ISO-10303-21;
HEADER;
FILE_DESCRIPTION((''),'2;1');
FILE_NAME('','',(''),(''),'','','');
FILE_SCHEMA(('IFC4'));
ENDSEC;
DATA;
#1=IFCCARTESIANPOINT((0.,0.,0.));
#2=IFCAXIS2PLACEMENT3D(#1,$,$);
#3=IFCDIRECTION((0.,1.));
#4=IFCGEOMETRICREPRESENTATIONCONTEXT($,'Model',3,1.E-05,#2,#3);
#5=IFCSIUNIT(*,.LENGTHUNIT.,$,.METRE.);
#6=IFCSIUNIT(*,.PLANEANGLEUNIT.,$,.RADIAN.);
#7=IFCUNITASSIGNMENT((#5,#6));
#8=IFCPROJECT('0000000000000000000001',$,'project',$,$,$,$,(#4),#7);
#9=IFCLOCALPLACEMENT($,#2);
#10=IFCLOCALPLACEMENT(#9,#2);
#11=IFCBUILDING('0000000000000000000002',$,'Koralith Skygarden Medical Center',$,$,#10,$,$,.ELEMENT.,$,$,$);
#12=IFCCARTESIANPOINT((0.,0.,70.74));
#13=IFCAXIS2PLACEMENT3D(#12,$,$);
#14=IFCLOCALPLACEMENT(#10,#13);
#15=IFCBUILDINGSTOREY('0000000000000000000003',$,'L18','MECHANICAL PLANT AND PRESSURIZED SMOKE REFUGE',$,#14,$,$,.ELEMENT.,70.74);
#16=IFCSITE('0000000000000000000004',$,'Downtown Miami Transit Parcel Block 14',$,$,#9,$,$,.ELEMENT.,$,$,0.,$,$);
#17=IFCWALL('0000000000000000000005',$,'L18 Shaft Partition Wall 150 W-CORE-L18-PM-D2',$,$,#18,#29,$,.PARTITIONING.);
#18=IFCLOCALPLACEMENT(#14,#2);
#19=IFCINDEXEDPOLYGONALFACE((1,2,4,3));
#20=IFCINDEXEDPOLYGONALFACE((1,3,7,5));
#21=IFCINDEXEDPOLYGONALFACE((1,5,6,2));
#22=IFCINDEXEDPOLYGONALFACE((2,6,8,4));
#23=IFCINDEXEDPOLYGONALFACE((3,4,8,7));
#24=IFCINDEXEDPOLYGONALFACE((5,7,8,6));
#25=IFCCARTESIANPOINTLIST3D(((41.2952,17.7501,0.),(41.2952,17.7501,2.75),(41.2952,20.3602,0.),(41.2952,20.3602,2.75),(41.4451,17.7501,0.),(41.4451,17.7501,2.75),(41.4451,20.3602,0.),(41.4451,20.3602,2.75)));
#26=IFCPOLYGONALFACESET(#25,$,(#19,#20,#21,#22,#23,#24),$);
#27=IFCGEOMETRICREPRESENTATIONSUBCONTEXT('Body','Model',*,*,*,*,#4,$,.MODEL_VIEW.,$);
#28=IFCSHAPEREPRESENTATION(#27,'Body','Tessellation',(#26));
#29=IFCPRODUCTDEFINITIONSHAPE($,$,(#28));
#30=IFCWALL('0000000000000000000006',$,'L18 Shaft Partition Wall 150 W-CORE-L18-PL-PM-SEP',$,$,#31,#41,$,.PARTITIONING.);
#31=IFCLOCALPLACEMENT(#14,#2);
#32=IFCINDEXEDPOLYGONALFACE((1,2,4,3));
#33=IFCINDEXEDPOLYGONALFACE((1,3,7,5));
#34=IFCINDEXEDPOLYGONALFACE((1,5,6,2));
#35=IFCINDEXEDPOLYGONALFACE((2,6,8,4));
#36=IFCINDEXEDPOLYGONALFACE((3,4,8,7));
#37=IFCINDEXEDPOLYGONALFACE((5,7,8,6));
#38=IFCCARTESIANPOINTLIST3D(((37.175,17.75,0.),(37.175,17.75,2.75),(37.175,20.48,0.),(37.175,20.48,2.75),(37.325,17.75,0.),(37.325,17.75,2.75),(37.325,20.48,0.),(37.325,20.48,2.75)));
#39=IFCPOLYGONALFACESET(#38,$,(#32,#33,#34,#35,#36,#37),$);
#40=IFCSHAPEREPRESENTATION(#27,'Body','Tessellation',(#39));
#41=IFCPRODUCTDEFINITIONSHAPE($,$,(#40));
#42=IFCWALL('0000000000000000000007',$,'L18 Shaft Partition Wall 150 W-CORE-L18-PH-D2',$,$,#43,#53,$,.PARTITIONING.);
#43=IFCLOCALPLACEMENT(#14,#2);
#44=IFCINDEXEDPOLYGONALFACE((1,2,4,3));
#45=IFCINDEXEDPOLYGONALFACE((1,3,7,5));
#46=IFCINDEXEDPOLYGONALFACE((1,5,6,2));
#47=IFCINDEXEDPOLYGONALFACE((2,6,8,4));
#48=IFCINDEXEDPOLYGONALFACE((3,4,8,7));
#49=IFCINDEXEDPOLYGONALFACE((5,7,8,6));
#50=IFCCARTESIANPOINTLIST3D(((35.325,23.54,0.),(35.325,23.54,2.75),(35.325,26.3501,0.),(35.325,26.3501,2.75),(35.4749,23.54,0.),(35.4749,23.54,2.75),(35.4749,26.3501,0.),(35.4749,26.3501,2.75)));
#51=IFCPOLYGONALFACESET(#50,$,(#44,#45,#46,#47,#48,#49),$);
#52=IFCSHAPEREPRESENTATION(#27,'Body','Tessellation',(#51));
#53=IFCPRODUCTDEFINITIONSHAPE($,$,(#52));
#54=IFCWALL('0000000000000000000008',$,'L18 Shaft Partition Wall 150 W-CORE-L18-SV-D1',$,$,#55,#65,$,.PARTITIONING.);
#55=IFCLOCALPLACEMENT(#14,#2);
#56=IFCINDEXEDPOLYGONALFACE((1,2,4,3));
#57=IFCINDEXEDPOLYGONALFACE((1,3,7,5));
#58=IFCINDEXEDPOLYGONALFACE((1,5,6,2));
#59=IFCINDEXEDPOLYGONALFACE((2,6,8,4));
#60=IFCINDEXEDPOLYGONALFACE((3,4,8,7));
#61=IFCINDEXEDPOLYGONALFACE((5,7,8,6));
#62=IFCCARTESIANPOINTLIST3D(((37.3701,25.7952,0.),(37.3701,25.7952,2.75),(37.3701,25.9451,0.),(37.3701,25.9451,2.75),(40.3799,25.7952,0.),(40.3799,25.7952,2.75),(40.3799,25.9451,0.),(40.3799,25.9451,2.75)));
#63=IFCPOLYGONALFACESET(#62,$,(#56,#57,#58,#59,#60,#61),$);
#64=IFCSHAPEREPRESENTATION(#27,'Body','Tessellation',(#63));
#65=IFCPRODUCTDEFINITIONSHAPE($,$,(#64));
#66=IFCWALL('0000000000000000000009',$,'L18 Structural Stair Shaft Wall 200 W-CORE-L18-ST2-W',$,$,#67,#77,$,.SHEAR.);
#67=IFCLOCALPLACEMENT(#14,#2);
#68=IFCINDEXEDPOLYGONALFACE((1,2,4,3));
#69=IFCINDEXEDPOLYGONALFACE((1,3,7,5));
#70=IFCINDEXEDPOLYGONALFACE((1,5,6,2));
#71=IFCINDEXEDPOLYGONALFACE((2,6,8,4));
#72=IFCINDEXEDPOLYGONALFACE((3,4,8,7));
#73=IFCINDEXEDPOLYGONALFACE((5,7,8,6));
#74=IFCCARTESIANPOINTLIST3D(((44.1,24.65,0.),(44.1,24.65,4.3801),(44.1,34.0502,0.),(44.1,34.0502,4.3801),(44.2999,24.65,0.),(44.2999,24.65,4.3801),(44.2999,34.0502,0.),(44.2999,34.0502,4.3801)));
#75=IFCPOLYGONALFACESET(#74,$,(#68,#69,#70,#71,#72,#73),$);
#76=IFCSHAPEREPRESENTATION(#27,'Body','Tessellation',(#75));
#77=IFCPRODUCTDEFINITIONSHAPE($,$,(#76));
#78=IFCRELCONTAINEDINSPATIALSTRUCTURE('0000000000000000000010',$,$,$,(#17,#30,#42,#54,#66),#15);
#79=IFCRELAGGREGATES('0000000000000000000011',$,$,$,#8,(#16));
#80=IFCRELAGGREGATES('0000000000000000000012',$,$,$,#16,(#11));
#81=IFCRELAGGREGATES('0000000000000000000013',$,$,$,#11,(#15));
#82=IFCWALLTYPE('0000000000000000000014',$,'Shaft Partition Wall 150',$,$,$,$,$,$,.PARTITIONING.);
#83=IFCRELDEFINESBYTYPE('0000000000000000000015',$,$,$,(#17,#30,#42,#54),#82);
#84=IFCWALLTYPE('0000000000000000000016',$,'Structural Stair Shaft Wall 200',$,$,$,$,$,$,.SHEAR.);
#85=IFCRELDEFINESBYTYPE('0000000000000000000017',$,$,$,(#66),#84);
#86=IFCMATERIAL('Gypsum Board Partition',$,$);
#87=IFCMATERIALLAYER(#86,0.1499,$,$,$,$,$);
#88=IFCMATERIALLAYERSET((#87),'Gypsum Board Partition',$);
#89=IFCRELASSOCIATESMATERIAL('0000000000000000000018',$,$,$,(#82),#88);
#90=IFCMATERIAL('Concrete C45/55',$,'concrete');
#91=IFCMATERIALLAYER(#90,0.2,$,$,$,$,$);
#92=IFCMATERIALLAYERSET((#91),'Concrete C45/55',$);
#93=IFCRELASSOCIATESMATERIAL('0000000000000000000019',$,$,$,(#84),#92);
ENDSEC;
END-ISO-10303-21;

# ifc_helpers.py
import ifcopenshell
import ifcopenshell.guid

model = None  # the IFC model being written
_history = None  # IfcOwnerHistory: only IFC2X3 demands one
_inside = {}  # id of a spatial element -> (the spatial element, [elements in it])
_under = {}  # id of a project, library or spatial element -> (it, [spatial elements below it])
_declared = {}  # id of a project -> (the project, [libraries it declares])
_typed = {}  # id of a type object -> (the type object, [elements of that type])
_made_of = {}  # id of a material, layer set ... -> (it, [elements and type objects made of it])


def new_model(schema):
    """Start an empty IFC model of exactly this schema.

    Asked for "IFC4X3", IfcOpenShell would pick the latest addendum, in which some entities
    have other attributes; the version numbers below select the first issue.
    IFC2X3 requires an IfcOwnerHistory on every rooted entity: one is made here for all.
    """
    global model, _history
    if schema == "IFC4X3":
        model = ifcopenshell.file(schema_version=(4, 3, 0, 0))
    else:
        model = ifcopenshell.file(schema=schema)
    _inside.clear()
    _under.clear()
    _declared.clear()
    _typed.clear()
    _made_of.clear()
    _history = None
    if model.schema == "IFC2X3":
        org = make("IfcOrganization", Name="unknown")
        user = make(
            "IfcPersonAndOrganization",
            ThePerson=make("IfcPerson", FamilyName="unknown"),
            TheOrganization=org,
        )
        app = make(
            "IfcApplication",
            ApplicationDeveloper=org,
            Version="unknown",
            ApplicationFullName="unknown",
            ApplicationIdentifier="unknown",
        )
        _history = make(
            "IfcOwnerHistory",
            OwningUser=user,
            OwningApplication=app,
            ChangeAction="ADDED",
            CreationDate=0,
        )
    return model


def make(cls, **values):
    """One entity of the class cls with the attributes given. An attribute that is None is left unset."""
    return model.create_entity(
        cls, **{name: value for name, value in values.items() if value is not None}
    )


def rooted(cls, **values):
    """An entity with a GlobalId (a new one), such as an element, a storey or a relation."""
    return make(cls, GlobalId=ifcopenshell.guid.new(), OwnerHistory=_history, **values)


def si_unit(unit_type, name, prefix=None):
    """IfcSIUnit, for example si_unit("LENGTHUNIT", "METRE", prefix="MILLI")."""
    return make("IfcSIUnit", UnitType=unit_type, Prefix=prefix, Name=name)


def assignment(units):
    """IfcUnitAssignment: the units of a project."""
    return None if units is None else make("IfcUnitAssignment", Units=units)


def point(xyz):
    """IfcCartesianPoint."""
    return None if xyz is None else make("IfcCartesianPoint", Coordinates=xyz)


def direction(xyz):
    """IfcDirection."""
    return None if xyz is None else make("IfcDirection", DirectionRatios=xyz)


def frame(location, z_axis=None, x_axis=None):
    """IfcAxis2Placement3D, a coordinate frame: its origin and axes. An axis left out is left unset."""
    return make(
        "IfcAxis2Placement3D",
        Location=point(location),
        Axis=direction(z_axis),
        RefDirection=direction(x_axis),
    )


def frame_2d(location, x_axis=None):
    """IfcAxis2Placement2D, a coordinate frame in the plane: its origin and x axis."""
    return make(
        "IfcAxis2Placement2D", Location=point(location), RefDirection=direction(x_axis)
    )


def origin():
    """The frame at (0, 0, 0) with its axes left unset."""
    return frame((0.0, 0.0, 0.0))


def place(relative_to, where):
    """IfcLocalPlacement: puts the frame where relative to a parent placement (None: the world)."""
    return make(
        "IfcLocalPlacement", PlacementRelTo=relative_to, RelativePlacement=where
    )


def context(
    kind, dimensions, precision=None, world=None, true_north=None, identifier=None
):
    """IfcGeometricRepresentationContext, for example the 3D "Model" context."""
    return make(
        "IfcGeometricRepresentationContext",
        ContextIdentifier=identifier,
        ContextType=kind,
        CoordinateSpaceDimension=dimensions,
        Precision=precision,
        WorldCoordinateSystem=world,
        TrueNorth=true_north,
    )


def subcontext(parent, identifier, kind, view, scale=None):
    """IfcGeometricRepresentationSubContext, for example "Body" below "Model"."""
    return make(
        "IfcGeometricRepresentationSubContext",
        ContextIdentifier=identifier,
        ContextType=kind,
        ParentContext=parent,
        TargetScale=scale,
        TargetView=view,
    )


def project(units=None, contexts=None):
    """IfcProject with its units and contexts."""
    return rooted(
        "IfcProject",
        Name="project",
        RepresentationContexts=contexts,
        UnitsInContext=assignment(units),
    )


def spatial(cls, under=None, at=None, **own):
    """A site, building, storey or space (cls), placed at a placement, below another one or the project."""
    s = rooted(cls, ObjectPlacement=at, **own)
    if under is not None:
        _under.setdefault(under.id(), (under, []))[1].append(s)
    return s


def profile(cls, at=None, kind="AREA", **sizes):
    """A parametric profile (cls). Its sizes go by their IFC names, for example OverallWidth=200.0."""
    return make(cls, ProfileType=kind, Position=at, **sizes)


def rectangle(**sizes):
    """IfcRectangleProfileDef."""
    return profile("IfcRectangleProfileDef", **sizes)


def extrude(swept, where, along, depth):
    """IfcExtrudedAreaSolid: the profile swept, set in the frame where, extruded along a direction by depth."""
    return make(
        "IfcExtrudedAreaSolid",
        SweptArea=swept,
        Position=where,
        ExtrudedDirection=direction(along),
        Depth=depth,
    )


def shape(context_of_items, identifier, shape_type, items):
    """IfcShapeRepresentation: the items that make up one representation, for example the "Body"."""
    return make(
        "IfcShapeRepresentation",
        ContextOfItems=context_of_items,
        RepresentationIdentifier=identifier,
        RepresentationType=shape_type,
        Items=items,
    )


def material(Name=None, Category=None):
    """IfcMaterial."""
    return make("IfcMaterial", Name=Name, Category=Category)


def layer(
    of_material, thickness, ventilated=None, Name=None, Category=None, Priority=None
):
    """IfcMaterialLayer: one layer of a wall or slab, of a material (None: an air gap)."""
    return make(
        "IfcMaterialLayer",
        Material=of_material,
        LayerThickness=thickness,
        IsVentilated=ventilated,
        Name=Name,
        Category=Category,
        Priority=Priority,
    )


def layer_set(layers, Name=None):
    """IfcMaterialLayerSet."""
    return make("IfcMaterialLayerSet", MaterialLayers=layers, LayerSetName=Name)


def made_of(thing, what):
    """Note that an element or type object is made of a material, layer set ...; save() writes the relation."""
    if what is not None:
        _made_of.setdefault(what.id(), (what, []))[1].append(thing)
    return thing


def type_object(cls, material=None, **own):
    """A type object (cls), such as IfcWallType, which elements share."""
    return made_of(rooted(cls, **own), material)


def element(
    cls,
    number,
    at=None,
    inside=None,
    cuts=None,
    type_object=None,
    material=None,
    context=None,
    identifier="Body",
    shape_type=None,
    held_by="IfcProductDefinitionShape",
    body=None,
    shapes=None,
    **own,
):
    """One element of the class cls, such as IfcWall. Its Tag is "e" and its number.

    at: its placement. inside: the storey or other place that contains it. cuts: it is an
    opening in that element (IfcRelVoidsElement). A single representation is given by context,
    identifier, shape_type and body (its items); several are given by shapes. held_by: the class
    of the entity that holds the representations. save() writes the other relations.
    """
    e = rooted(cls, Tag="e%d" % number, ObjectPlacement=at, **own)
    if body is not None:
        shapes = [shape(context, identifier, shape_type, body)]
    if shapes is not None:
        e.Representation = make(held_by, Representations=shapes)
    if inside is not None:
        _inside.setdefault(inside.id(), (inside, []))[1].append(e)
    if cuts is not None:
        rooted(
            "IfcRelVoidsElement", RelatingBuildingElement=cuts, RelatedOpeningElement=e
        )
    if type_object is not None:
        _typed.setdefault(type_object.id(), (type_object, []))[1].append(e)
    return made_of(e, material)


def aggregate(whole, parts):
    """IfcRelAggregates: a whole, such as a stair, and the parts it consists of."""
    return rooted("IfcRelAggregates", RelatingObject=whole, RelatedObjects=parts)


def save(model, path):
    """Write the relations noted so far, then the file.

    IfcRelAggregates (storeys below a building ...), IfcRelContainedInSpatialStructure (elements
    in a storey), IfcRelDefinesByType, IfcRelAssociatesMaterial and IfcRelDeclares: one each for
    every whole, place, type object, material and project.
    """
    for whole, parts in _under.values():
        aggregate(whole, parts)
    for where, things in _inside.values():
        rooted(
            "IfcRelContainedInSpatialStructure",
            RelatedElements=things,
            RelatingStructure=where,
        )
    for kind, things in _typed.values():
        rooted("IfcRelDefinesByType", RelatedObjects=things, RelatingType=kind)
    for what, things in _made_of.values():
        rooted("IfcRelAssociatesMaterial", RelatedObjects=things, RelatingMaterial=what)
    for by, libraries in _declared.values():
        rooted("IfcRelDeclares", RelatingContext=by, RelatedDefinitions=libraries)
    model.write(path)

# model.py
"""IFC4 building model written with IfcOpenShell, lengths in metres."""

from ifc_helpers import new_model, si_unit, direction, frame, frame_2d, origin, place, context, subcontext, project, spatial, rectangle, extrude, material, layer, layer_set, type_object, element, save


model = new_model("IFC4")

# Units and contexts
model_context = context("Model", 3, precision=1e-05, world=origin(), true_north=direction((0.0, 1.0)))
body_context = subcontext(model_context, "Body", "Model", "MODEL_VIEW")
ifc_project = project(units=[si_unit("LENGTHUNIT", "METRE"), si_unit("PLANEANGLEUNIT", "RADIAN")], contexts=[model_context])

# Site, building, storey
site_placement = place(None, origin())
site = spatial("IfcSite", under=ifc_project, at=site_placement, Name="Downtown Miami Transit Parcel Block 14", CompositionType="ELEMENT", RefElevation=0.0)
building_placement = place(site_placement, origin())
building = spatial("IfcBuilding", under=site, at=building_placement, Name="Koralith Skygarden Medical Center", CompositionType="ELEMENT")
storey_placement = place(building_placement, frame((0.0, 0.0, 70.74)))
storey = spatial("IfcBuildingStorey", under=building, at=storey_placement, Name="L18", Description="MECHANICAL PLANT AND PRESSURIZED SMOKE REFUGE", CompositionType="ELEMENT", Elevation=70.74)

# Shared definitions
ifc_material_1 = material(Name="Gypsum Board Partition")

# Walls
ifc_layer_1 = layer(ifc_material_1, 0.1499)
ifc_layer_set_1 = layer_set([ifc_layer_1], Name="Gypsum Board Partition")
wall_type_1 = type_object("IfcWallType", Name="Shaft Partition Wall 150", PredefinedType="PARTITIONING", material=ifc_layer_set_1)
for number, where, z_axis, x_axis, name in (
    (1, (41.3701, 17.75, 0.0), (0.0, 0.0, 1.0), (0.0, 1.0, 0.0), "L18 Shaft Partition Wall 150 W-CORE-L18-PM-D2"),
):
    element("IfcWall", number, at=place(storey_placement, frame(where, z_axis=z_axis, x_axis=x_axis)), inside=storey, type_object=wall_type_1, Name=name, PredefinedType="PARTITIONING", context=body_context, shape_type="SweptSolid", body=[
        extrude(rectangle(XDim=2.6101, YDim=0.1499, at=frame_2d((1.3052, 0.0))), origin(), (0.0, 0.0, 1.0), 2.75),
    ])
wall_1_placement = place(storey_placement, frame((37.25, 17.75, 0.0), z_axis=(0.0, 0.0, 1.0), x_axis=(0.0, 1.0, 0.0)))
element("IfcWall", 2, at=wall_1_placement, inside=storey, type_object=wall_type_1, Name="L18 Shaft Partition Wall 150 W-CORE-L18-PL-PM-SEP", PredefinedType="PARTITIONING", context=body_context, shape_type="SweptSolid", body=[
    extrude(rectangle(XDim=2.73, YDim=0.1499, at=frame_2d((1.365, 0.0))), origin(), (0.0, 0.0, 1.0), 2.75),
])
wall_2_placement = place(storey_placement, frame((35.3999, 23.54, 0.0), z_axis=(0.0, 0.0, 1.0), x_axis=(0.0, 1.0, 0.0)))
element("IfcWall", 3, at=wall_2_placement, inside=storey, type_object=wall_type_1, Name="L18 Shaft Partition Wall 150 W-CORE-L18-PH-D2", PredefinedType="PARTITIONING", context=body_context, shape_type="SweptSolid", body=[
    extrude(rectangle(XDim=2.8101, YDim=0.1499, at=frame_2d((1.405, 0.0))), origin(), (0.0, 0.0, 1.0), 2.75),
])
wall_3_placement = place(storey_placement, frame((37.3701, 25.8701, 0.0), z_axis=(0.0, 0.0, 1.0), x_axis=(1.0, 0.0, 0.0)))
element("IfcWall", 4, at=wall_3_placement, inside=storey, type_object=wall_type_1, Name="L18 Shaft Partition Wall 150 W-CORE-L18-SV-D1", PredefinedType="PARTITIONING", context=body_context, shape_type="SweptSolid", body=[
    extrude(rectangle(XDim=3.0098, YDim=0.1499, at=frame_2d((1.5049, 0.0))), origin(), (0.0, 0.0, 1.0), 2.75),
])
ifc_material_2 = material(Name="Concrete C45/55", Category="concrete")
ifc_layer_2 = layer(ifc_material_2, 0.2)
ifc_layer_set_2 = layer_set([ifc_layer_2], Name="Concrete C45/55")
wall_type_2 = type_object("IfcWallType", Name="Structural Stair Shaft Wall 200", PredefinedType="SHEAR", material=ifc_layer_set_2)
wall_4_placement = place(storey_placement, frame((44.2, 24.6499, 0.0), z_axis=(0.0, 0.0, 1.0), x_axis=(0.0, 1.0, 0.0)))
element("IfcWall", 5, at=wall_4_placement, inside=storey, type_object=wall_type_2, Name="L18 Structural Stair Shaft Wall 200 W-CORE-L18-ST2-W", PredefinedType="SHEAR", context=body_context, shape_type="SweptSolid", body=[
    extrude(rectangle(XDim=9.4001, YDim=0.2, at=frame_2d((4.7002, 0.0))), origin(), (0.0, 0.0, 1.0), 4.3801),
])

save(model, "model.ifc")
